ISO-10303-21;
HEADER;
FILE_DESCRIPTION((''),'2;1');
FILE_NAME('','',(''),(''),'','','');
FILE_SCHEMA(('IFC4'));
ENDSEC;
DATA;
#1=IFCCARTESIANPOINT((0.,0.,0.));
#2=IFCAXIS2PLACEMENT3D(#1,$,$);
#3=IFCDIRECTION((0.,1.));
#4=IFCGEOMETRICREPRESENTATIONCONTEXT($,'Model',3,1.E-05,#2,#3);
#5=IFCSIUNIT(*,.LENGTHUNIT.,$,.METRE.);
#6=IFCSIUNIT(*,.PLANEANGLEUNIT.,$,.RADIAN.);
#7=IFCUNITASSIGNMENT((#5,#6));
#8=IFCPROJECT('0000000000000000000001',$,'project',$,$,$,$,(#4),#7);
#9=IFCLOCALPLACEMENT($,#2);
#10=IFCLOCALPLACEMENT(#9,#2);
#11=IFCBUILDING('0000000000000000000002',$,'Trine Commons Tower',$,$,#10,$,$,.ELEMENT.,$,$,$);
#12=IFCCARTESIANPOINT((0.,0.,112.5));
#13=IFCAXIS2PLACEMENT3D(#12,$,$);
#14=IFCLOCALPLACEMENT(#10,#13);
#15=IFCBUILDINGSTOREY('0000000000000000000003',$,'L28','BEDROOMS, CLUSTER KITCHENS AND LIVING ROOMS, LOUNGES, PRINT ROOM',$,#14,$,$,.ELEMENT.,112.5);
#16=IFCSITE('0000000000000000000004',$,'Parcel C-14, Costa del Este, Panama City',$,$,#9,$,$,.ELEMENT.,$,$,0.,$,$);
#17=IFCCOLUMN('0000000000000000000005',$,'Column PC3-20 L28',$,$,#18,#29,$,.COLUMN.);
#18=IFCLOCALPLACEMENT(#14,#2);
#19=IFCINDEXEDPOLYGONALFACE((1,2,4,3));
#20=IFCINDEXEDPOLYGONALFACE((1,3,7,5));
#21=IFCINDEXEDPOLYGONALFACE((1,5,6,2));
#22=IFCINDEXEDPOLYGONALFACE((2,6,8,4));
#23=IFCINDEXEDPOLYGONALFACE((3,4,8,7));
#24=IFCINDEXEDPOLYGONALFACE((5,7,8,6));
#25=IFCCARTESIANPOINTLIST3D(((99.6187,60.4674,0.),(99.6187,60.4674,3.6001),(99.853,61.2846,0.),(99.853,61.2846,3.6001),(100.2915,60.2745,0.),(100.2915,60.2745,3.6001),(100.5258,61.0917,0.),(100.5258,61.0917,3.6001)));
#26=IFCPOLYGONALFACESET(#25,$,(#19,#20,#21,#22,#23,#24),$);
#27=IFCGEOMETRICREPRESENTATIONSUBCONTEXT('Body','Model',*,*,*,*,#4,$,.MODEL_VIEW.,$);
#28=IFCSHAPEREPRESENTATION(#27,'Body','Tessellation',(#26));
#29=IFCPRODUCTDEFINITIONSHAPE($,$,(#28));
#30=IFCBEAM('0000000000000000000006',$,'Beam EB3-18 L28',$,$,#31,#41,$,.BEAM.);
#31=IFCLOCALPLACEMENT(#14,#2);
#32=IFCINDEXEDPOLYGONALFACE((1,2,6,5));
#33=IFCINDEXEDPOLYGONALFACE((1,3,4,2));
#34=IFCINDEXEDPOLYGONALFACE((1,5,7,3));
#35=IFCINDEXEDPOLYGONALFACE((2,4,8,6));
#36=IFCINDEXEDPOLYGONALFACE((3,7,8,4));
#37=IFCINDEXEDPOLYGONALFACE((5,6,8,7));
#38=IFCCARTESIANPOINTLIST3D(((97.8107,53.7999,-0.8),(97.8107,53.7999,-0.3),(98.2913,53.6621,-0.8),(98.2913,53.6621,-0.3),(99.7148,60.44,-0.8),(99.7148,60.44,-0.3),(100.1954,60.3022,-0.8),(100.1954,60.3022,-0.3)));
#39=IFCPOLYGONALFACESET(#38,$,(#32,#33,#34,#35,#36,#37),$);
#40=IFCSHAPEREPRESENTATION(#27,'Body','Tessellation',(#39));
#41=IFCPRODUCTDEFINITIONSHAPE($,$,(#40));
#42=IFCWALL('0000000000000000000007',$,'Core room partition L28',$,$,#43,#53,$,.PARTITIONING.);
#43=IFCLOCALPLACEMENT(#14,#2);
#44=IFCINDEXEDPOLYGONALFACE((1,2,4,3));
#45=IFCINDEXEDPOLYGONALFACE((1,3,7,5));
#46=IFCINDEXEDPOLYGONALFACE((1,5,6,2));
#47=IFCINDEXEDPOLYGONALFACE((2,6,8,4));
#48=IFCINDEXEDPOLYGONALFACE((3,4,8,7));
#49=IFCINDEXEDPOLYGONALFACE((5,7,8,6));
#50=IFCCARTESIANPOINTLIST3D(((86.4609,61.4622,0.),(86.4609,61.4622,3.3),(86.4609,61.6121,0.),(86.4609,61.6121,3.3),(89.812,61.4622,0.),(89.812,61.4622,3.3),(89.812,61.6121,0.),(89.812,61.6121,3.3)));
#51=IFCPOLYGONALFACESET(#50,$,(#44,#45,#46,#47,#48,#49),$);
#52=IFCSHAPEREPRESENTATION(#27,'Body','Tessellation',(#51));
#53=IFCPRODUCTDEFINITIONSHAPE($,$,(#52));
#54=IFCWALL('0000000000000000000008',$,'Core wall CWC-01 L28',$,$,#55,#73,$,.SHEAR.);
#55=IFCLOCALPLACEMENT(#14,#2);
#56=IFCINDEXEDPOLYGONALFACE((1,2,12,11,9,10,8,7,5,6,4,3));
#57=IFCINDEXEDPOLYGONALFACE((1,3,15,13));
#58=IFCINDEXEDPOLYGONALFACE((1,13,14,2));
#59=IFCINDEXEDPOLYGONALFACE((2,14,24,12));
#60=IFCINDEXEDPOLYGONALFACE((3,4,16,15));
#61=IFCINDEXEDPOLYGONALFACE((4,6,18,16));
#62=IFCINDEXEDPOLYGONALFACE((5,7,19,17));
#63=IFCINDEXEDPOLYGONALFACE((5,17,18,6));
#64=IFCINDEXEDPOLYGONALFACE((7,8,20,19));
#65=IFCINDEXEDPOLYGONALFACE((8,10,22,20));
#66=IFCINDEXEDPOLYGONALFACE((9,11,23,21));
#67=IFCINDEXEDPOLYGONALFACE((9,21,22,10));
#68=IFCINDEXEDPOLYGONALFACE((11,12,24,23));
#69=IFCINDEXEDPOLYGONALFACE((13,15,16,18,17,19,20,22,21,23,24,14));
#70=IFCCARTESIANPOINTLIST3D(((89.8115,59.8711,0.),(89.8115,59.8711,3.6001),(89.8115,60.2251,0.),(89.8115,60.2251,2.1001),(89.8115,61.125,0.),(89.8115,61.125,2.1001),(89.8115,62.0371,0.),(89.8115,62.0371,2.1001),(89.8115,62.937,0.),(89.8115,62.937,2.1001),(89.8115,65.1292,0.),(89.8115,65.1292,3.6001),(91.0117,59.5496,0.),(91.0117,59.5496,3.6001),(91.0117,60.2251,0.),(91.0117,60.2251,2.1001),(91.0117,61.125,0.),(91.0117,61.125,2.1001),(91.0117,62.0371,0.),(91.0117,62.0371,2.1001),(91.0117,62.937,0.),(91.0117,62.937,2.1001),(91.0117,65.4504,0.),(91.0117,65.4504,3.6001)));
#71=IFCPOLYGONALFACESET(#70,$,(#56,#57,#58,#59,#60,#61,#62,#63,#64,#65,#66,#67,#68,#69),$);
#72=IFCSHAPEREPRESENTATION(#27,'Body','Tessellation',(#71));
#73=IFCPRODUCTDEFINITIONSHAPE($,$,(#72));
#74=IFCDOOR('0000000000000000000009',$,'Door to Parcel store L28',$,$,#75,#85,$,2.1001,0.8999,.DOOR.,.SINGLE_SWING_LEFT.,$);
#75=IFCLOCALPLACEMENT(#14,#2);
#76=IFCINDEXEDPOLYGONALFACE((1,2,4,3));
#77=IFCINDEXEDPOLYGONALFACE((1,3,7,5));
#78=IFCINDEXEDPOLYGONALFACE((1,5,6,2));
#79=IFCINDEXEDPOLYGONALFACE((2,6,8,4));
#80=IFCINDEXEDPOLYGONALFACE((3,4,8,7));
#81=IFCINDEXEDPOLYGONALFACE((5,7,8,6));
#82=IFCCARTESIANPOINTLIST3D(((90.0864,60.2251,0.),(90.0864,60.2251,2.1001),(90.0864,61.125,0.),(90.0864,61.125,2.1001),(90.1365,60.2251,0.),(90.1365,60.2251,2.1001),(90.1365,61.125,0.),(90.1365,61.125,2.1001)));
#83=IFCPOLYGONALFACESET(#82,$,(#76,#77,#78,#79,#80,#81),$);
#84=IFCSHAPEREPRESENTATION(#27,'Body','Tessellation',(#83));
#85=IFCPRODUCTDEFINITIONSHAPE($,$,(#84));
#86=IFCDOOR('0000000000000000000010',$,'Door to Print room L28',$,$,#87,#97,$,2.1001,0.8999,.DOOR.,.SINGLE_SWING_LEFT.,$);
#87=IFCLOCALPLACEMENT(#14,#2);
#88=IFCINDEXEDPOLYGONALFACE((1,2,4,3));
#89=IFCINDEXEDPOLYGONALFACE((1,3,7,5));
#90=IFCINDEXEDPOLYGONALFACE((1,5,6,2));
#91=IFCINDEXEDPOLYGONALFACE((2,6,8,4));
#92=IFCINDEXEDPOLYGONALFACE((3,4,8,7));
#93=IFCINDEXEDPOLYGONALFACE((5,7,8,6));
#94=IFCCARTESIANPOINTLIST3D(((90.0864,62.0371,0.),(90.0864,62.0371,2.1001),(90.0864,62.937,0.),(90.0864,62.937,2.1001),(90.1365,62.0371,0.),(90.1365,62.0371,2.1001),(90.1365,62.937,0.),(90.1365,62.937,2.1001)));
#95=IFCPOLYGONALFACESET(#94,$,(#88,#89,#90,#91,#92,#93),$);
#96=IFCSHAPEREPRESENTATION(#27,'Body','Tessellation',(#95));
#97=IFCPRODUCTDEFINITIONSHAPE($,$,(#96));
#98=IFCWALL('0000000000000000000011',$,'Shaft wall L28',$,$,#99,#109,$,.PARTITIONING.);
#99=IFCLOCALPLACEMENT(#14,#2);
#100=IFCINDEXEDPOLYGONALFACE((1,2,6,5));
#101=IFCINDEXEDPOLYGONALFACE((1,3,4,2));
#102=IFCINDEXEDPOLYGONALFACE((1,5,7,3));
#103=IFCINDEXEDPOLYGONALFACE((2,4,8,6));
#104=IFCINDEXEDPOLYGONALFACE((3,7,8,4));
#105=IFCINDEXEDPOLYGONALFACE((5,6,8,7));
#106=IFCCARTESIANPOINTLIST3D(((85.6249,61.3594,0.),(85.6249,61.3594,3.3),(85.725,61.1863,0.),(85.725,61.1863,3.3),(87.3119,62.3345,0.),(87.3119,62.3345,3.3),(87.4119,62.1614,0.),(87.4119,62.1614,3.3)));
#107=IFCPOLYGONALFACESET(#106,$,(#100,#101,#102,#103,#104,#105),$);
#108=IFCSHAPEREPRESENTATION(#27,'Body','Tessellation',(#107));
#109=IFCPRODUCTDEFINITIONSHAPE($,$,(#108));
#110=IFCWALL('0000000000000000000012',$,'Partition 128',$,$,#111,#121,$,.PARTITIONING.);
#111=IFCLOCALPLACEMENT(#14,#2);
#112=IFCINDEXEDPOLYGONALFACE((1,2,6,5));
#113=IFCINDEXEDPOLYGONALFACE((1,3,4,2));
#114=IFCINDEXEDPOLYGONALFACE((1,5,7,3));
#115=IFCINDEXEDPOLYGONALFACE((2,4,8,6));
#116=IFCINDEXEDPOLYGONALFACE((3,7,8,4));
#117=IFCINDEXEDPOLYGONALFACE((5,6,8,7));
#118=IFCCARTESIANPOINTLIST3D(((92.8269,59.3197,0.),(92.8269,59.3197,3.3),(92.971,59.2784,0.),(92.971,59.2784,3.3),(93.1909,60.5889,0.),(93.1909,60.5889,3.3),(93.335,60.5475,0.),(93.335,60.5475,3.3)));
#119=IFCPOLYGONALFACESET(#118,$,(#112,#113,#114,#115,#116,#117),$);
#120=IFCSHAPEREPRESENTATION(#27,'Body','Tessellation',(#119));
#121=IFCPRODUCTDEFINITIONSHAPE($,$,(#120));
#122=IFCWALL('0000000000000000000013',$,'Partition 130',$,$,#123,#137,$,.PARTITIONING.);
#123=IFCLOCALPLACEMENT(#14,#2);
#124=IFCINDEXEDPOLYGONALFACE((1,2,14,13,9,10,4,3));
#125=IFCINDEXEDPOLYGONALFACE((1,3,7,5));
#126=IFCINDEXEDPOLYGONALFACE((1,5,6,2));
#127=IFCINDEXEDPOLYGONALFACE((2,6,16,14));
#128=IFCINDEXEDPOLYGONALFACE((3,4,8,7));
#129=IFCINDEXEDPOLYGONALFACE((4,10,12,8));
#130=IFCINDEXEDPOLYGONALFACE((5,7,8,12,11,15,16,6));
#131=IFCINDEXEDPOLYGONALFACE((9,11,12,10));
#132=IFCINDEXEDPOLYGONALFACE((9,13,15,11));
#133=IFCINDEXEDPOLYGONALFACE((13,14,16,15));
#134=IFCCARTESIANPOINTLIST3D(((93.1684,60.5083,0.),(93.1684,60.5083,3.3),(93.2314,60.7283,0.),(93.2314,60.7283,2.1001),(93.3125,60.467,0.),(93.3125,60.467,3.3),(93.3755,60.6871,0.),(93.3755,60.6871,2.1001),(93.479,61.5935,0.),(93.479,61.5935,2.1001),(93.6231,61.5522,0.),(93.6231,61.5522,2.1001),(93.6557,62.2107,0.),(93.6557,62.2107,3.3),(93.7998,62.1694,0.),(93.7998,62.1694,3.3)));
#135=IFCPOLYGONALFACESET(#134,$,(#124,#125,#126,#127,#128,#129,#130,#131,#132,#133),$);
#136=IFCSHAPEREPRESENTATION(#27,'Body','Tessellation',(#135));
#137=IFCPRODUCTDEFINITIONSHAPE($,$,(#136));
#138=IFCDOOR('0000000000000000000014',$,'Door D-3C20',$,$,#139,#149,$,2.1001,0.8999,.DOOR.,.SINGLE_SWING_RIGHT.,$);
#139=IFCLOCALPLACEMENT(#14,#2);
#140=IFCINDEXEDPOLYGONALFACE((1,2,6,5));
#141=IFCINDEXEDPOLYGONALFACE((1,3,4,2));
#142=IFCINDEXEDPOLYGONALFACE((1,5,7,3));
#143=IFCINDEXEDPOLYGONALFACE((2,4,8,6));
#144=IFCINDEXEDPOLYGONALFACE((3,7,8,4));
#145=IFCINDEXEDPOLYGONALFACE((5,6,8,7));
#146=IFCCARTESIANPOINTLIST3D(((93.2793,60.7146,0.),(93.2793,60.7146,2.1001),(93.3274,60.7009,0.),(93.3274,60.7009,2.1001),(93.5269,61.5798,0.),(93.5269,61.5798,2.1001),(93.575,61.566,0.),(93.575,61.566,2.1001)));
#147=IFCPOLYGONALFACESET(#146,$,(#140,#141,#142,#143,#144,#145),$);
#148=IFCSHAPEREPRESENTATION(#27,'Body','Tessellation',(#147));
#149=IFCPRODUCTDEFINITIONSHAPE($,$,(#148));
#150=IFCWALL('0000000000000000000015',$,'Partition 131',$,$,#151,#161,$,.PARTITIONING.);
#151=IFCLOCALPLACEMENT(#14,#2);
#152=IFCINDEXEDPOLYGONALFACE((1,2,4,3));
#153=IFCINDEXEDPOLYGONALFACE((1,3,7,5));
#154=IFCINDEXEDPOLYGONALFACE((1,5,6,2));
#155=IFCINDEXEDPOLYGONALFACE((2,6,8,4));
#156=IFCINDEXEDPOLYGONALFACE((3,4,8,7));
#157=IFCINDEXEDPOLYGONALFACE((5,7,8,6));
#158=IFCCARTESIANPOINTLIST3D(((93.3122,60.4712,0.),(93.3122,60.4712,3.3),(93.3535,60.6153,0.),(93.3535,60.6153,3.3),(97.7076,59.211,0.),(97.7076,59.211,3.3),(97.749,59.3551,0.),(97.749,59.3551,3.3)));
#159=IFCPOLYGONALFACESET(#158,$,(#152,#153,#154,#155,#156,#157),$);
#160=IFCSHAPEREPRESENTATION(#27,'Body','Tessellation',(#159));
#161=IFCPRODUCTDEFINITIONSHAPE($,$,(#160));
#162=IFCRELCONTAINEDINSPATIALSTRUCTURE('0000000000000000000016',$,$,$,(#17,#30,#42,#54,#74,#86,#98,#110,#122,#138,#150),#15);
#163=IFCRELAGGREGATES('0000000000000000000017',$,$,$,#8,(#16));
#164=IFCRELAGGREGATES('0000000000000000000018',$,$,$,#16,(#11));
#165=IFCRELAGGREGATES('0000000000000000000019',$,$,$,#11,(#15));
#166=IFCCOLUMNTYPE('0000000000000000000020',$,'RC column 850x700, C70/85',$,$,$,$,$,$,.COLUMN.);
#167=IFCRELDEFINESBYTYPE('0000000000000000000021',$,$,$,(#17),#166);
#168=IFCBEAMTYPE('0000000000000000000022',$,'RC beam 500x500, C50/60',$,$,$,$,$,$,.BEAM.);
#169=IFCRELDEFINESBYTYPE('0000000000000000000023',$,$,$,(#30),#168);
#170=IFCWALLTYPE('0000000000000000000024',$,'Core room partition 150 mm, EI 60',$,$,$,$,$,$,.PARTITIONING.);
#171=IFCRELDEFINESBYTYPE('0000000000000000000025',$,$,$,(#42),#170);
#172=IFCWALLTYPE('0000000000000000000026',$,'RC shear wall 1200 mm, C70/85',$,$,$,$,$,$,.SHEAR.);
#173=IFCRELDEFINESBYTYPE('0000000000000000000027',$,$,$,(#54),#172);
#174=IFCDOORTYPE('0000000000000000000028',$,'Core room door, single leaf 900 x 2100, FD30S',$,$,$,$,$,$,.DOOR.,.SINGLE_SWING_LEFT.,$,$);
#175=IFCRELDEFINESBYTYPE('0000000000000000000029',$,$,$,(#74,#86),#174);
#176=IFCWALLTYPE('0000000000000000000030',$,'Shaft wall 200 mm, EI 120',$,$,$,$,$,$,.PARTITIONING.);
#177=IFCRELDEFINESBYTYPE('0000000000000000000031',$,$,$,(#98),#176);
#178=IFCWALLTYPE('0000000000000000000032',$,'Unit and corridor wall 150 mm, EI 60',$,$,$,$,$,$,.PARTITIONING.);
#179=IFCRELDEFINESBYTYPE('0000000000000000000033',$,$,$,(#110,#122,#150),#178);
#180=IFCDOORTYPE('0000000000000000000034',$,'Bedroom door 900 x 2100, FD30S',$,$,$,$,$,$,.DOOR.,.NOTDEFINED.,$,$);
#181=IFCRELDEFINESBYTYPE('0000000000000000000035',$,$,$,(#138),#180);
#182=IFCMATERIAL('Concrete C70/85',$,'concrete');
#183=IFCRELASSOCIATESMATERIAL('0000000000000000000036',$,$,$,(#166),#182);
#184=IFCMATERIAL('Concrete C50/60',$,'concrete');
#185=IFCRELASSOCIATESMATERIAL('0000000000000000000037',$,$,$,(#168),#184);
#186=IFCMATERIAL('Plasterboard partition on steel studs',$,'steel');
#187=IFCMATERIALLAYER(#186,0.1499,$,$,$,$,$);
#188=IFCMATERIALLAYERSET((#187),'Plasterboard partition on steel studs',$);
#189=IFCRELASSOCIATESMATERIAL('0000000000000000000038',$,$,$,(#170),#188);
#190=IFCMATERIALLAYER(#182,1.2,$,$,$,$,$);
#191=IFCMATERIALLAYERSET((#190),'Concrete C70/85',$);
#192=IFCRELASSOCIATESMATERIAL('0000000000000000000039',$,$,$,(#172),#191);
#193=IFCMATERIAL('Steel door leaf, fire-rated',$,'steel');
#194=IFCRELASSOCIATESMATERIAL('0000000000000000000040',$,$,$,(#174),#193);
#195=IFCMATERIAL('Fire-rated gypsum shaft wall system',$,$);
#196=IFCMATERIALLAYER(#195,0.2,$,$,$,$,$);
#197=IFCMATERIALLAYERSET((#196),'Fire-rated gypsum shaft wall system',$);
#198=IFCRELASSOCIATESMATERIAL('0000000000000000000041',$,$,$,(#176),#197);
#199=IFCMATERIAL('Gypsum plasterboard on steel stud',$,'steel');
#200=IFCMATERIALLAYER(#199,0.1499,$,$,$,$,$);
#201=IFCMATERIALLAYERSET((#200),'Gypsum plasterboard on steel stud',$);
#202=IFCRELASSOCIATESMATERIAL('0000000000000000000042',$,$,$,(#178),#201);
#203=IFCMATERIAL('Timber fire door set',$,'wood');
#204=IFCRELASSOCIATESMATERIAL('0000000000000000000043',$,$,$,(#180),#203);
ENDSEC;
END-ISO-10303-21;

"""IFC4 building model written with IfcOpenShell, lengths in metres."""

from ifc_helpers import new_model, si_unit, direction, frame, frame_2d, origin, origin_2d, place, context, subcontext, project, spatial, polyline, rectangle, outline, extrude, material, layer, layer_set, material_profile, profile_set, type_object, element, fill, save


model = new_model("IFC4")

# Units and contexts
model_context = context("Model", 3, precision=1e-05, world=origin(), true_north=direction((0.0, 1.0)))
body_context = subcontext(model_context, "Body", "Model", "MODEL_VIEW")
ifc_project = project(units=[si_unit("LENGTHUNIT", "METRE"), si_unit("PLANEANGLEUNIT", "RADIAN")], contexts=[model_context])

# Site, building, storey
site_placement = place(None, origin())
site = spatial("IfcSite", under=ifc_project, at=site_placement, Name="Parcel C-14, Costa del Este, Panama City", CompositionType="ELEMENT", RefElevation=0.0)
building_placement = place(site_placement, origin())
building = spatial("IfcBuilding", under=site, at=building_placement, Name="Trine Commons Tower", CompositionType="ELEMENT")
storey_placement = place(building_placement, frame((0.0, 0.0, 112.5)))
storey = spatial("IfcBuildingStorey", under=building, at=storey_placement, Name="L28", Description="BEDROOMS, CLUSTER KITCHENS AND LIVING ROOMS, LOUNGES, PRINT ROOM", CompositionType="ELEMENT", Elevation=112.5)

# Column
ifc_material_1 = material(Name="Concrete C70/85", Category="concrete")
ifc_material_profile_1 = material_profile(ifc_material_1, rectangle(XDim=0.8501, YDim=0.7, at=origin_2d()), Name="RC 850x700")
ifc_profile_set_1 = profile_set([ifc_material_profile_1], Name="Concrete C70/85")
column_type = type_object("IfcColumnType", Name="RC column 850x700, C70/85", PredefinedType="COLUMN", material=ifc_profile_set_1)
column_placement = place(storey_placement, frame((100.0723, 60.7795, 0.0), z_axis=(0.0, 0.0, 1.0), x_axis=(0.275637, 0.961262, 0.0)))
element("IfcColumn", 1, at=column_placement, inside=storey, type_object=column_type, Name="Column PC3-20 L28", PredefinedType="COLUMN", context=body_context, shape_type="SweptSolid", body=[
    extrude(rectangle(XDim=0.8501, YDim=0.7, at=origin_2d()), origin(), (0.0, 0.0, 1.0), 3.6001),
])

# Beam
ifc_material_2 = material(Name="Concrete C50/60", Category="concrete")
ifc_material_profile_2 = material_profile(ifc_material_2, rectangle(XDim=0.5, YDim=0.5, at=origin_2d()), Name="RC 500x500")
ifc_profile_set_2 = profile_set([ifc_material_profile_2], Name="Concrete C50/60")
beam_type = type_object("IfcBeamType", Name="RC beam 500x500, C50/60", PredefinedType="BEAM", material=ifc_profile_set_2)
beam_placement = place(storey_placement, frame((99.9551, 60.3711, -0.55), z_axis=(-0.275641, -0.961261, 0.0), x_axis=(0.961261, -0.275641, 0.0)))
element("IfcBeam", 2, at=beam_placement, inside=storey, type_object=beam_type, Name="Beam EB3-18 L28", PredefinedType="BEAM", context=body_context, shape_type="SweptSolid", body=[
    extrude(rectangle(XDim=0.5, YDim=0.5, at=origin_2d()), origin(), (0.0, 0.0, 1.0), 6.9077),
])

# Wall
ifc_material_3 = material(Name="Plasterboard partition on steel studs", Category="steel")
ifc_layer_1 = layer(ifc_material_3, 0.1499)
ifc_layer_set_1 = layer_set([ifc_layer_1], Name="Plasterboard partition on steel studs")
wall_type_1 = type_object("IfcWallType", Name="Core room partition 150 mm, EI 60", PredefinedType="PARTITIONING", material=ifc_layer_set_1)
wall_1_placement = place(storey_placement, frame((89.812, 61.5371, 0.0), z_axis=(0.0, 0.0, 1.0), x_axis=(-1.0, 0.0, 0.0)))
element("IfcWall", 3, at=wall_1_placement, inside=storey, type_object=wall_type_1, Name="Core room partition L28", PredefinedType="PARTITIONING", context=body_context, shape_type="SweptSolid", body=[
    extrude(rectangle(XDim=3.3511, YDim=0.1499, at=frame_2d((1.6755, 0.0))), origin(), (0.0, 0.0, 1.0), 3.3),
])

# Wall, openings, doors
ifc_layer_2 = layer(ifc_material_1, 1.2)
ifc_layer_set_2 = layer_set([ifc_layer_2], Name="Concrete C70/85")
wall_type_2 = type_object("IfcWallType", Name="RC shear wall 1200 mm, C70/85", PredefinedType="SHEAR", material=ifc_layer_set_2)
wall_2_placement = place(storey_placement, frame((90.4116, 59.5496, 0.0), z_axis=(0.0, 0.0, 1.0), x_axis=(0.0, 1.0, 0.0)))
wall_2 = element("IfcWall", 4, at=wall_2_placement, inside=storey, type_object=wall_type_2, Name="Core wall CWC-01 L28", PredefinedType="SHEAR", context=body_context, shape_type="SweptSolid", body=[
    extrude(outline(polyline([(0.0, -0.6001), (5.9009, -0.6001), (5.5796, 0.6001), (0.3215, 0.6001), (0.0, -0.6001)])), origin(), (0.0, 0.0, 1.0), 3.6001),
])
opening_1_placement = place(wall_2_placement, frame((0.6755, 0.0, 0.0)))
opening_1 = element("IfcOpeningElement", 5, at=opening_1_placement, cuts=wall_2, PredefinedType="OPENING", context=body_context, shape_type="SweptSolid", body=[
    extrude(rectangle(XDim=0.8999, YDim=2.1001, at=frame_2d((0.45, 1.05))), frame((0.0, 0.6099, 0.0), z_axis=(0.0, -1.0, 0.0), x_axis=(1.0, 0.0, 0.0)), (0.0, 0.0, 1.0), 1.22),
])
opening_2_placement = place(wall_2_placement, frame((2.4875, 0.0, 0.0)))
opening_2 = element("IfcOpeningElement", 6, at=opening_2_placement, cuts=wall_2, PredefinedType="OPENING", context=body_context, shape_type="SweptSolid", body=[
    extrude(rectangle(XDim=0.8999, YDim=2.1001, at=frame_2d((0.45, 1.05))), frame((0.0, 0.6099, 0.0), z_axis=(0.0, -1.0, 0.0), x_axis=(1.0, 0.0, 0.0)), (0.0, 0.0, 1.0), 1.22),
])
ifc_material_4 = material(Name="Steel door leaf, fire-rated", Category="steel")
door_type_1 = type_object("IfcDoorType", Name="Core room door, single leaf 900 x 2100, FD30S", OperationType="SINGLE_SWING_LEFT", PredefinedType="DOOR", material=ifc_material_4)
door_1_placement = place(opening_1_placement, origin())
door_1 = element("IfcDoor", 7, at=door_1_placement, inside=storey, type_object=door_type_1, Name="Door to Parcel store L28", OperationType="SINGLE_SWING_LEFT", OverallHeight=2.1001, OverallWidth=0.8999, PredefinedType="DOOR", context=body_context, shape_type="SweptSolid", body=[
    extrude(rectangle(XDim=0.8999, YDim=2.1001, at=frame_2d((0.45, 1.05))), frame((0.0, 0.3252, 0.0), z_axis=(0.0, -1.0, 0.0), x_axis=(1.0, 0.0, 0.0)), (0.0, 0.0, 1.0), 0.05),
])
fill(opening_1, door_1)
door_2_placement = place(opening_2_placement, origin())
door_2 = element("IfcDoor", 8, at=door_2_placement, inside=storey, type_object=door_type_1, Name="Door to Print room L28", OperationType="SINGLE_SWING_LEFT", OverallHeight=2.1001, OverallWidth=0.8999, PredefinedType="DOOR", context=body_context, shape_type="SweptSolid", body=[
    extrude(rectangle(XDim=0.8999, YDim=2.1001, at=frame_2d((0.45, 1.05))), frame((0.0, 0.3252, 0.0), z_axis=(0.0, -1.0, 0.0), x_axis=(1.0, 0.0, 0.0)), (0.0, 0.0, 1.0), 0.05),
])
fill(opening_2, door_2)

# Walls
ifc_material_5 = material(Name="Fire-rated gypsum shaft wall system")
ifc_layer_3 = layer(ifc_material_5, 0.2)
ifc_layer_set_3 = layer_set([ifc_layer_3], Name="Fire-rated gypsum shaft wall system")
wall_type_3 = type_object("IfcWallType", Name="Shaft wall 200 mm, EI 120", PredefinedType="PARTITIONING", material=ifc_layer_set_3)
wall_3_placement = place(storey_placement, frame((85.675, 61.2729, 0.0), z_axis=(0.0, 0.0, 1.0), x_axis=(0.865781, 0.500424, 0.0)))
element("IfcWall", 9, at=wall_3_placement, inside=storey, type_object=wall_type_3, Name="Shaft wall L28", PredefinedType="PARTITIONING", context=body_context, shape_type="SweptSolid", body=[
    extrude(rectangle(XDim=1.9485, YDim=0.2, at=frame_2d((0.9741, 0.0))), origin(), (0.0, 0.0, 1.0), 3.3),
])
ifc_material_6 = material(Name="Gypsum plasterboard on steel stud", Category="steel")
ifc_layer_4 = layer(ifc_material_6, 0.1499)
ifc_layer_set_4 = layer_set([ifc_layer_4], Name="Gypsum plasterboard on steel stud")
wall_type_4 = type_object("IfcWallType", Name="Unit and corridor wall 150 mm, EI 60", PredefinedType="PARTITIONING", material=ifc_layer_set_4)
wall_4_placement = place(storey_placement, frame((92.8989, 59.2991, 0.0), z_axis=(0.0, 0.0, 1.0), x_axis=(0.275722, 0.961237, 0.0)))
element("IfcWall", 10, at=wall_4_placement, inside=storey, type_object=wall_type_4, Name="Partition 128", PredefinedType="PARTITIONING", context=body_context, shape_type="SweptSolid", body=[
    extrude(rectangle(XDim=1.3203, YDim=0.1499, at=frame_2d((0.6602, 0.0))), origin(), (0.0, 0.0, 1.0), 3.3),
])

# Wall, opening, door
wall_5_placement = place(storey_placement, frame((93.2405, 60.4878, 0.0), z_axis=(0.0, 0.0, 1.0), x_axis=(0.275195, 0.961389, 0.0)))
wall_5 = element("IfcWall", 11, at=wall_5_placement, inside=storey, type_object=wall_type_4, Name="Partition 130", PredefinedType="PARTITIONING", context=body_context, shape_type="SweptSolid", body=[
    extrude(rectangle(XDim=1.7708, YDim=0.1499, at=frame_2d((0.8853, 0.0))), origin(), (0.0, 0.0, 1.0), 3.3),
])
opening_3_placement = place(wall_5_placement, frame((0.2288, 0.0, 0.0)))
opening_3 = element("IfcOpeningElement", 12, at=opening_3_placement, cuts=wall_5, PredefinedType="OPENING", context=body_context, shape_type="SweptSolid", body=[
    extrude(rectangle(XDim=0.8999, YDim=2.1001, at=frame_2d((0.45, 1.05))), frame((0.0, 0.085, 0.0), z_axis=(0.0, -1.0, 0.0), x_axis=(1.0, 0.0, 0.0)), (0.0, 0.0, 1.0), 0.1699),
])
ifc_material_7 = material(Name="Timber fire door set", Category="wood")
door_type_2 = type_object("IfcDoorType", Name="Bedroom door 900 x 2100, FD30S", OperationType="NOTDEFINED", PredefinedType="DOOR", material=ifc_material_7)
door_3_placement = place(opening_3_placement, frame((0.8999, 0.0, 0.0), z_axis=(0.0, 0.0, 1.0), x_axis=(-1.0, 0.0, 0.0)))
door_3 = element("IfcDoor", 13, at=door_3_placement, inside=storey, type_object=door_type_2, Name="Door D-3C20", OperationType="SINGLE_SWING_RIGHT", OverallHeight=2.1001, OverallWidth=0.8999, PredefinedType="DOOR", context=body_context, shape_type="SweptSolid", body=[
    extrude(rectangle(XDim=0.8999, YDim=2.1001, at=frame_2d((0.45, 1.05))), frame((0.0, 0.0249, 0.0), z_axis=(0.0, -1.0, 0.0), x_axis=(1.0, 0.0, 0.0)), (0.0, 0.0, 1.0), 0.05),
])
fill(opening_3, door_3)

# Wall
wall_6_placement = place(storey_placement, frame((93.333, 60.5432, 0.0), z_axis=(0.0, 0.0, 1.0), x_axis=(0.96127, -0.27561, 0.0)))
element("IfcWall", 14, at=wall_6_placement, inside=storey, type_object=wall_type_4, Name="Partition 131", PredefinedType="PARTITIONING", context=body_context, shape_type="SweptSolid", body=[
    extrude(rectangle(XDim=4.5725, YDim=0.1499, at=frame_2d((2.2861, 0.0))), origin(), (0.0, 0.0, 1.0), 3.3),
])

save(model, "model.ifc")
